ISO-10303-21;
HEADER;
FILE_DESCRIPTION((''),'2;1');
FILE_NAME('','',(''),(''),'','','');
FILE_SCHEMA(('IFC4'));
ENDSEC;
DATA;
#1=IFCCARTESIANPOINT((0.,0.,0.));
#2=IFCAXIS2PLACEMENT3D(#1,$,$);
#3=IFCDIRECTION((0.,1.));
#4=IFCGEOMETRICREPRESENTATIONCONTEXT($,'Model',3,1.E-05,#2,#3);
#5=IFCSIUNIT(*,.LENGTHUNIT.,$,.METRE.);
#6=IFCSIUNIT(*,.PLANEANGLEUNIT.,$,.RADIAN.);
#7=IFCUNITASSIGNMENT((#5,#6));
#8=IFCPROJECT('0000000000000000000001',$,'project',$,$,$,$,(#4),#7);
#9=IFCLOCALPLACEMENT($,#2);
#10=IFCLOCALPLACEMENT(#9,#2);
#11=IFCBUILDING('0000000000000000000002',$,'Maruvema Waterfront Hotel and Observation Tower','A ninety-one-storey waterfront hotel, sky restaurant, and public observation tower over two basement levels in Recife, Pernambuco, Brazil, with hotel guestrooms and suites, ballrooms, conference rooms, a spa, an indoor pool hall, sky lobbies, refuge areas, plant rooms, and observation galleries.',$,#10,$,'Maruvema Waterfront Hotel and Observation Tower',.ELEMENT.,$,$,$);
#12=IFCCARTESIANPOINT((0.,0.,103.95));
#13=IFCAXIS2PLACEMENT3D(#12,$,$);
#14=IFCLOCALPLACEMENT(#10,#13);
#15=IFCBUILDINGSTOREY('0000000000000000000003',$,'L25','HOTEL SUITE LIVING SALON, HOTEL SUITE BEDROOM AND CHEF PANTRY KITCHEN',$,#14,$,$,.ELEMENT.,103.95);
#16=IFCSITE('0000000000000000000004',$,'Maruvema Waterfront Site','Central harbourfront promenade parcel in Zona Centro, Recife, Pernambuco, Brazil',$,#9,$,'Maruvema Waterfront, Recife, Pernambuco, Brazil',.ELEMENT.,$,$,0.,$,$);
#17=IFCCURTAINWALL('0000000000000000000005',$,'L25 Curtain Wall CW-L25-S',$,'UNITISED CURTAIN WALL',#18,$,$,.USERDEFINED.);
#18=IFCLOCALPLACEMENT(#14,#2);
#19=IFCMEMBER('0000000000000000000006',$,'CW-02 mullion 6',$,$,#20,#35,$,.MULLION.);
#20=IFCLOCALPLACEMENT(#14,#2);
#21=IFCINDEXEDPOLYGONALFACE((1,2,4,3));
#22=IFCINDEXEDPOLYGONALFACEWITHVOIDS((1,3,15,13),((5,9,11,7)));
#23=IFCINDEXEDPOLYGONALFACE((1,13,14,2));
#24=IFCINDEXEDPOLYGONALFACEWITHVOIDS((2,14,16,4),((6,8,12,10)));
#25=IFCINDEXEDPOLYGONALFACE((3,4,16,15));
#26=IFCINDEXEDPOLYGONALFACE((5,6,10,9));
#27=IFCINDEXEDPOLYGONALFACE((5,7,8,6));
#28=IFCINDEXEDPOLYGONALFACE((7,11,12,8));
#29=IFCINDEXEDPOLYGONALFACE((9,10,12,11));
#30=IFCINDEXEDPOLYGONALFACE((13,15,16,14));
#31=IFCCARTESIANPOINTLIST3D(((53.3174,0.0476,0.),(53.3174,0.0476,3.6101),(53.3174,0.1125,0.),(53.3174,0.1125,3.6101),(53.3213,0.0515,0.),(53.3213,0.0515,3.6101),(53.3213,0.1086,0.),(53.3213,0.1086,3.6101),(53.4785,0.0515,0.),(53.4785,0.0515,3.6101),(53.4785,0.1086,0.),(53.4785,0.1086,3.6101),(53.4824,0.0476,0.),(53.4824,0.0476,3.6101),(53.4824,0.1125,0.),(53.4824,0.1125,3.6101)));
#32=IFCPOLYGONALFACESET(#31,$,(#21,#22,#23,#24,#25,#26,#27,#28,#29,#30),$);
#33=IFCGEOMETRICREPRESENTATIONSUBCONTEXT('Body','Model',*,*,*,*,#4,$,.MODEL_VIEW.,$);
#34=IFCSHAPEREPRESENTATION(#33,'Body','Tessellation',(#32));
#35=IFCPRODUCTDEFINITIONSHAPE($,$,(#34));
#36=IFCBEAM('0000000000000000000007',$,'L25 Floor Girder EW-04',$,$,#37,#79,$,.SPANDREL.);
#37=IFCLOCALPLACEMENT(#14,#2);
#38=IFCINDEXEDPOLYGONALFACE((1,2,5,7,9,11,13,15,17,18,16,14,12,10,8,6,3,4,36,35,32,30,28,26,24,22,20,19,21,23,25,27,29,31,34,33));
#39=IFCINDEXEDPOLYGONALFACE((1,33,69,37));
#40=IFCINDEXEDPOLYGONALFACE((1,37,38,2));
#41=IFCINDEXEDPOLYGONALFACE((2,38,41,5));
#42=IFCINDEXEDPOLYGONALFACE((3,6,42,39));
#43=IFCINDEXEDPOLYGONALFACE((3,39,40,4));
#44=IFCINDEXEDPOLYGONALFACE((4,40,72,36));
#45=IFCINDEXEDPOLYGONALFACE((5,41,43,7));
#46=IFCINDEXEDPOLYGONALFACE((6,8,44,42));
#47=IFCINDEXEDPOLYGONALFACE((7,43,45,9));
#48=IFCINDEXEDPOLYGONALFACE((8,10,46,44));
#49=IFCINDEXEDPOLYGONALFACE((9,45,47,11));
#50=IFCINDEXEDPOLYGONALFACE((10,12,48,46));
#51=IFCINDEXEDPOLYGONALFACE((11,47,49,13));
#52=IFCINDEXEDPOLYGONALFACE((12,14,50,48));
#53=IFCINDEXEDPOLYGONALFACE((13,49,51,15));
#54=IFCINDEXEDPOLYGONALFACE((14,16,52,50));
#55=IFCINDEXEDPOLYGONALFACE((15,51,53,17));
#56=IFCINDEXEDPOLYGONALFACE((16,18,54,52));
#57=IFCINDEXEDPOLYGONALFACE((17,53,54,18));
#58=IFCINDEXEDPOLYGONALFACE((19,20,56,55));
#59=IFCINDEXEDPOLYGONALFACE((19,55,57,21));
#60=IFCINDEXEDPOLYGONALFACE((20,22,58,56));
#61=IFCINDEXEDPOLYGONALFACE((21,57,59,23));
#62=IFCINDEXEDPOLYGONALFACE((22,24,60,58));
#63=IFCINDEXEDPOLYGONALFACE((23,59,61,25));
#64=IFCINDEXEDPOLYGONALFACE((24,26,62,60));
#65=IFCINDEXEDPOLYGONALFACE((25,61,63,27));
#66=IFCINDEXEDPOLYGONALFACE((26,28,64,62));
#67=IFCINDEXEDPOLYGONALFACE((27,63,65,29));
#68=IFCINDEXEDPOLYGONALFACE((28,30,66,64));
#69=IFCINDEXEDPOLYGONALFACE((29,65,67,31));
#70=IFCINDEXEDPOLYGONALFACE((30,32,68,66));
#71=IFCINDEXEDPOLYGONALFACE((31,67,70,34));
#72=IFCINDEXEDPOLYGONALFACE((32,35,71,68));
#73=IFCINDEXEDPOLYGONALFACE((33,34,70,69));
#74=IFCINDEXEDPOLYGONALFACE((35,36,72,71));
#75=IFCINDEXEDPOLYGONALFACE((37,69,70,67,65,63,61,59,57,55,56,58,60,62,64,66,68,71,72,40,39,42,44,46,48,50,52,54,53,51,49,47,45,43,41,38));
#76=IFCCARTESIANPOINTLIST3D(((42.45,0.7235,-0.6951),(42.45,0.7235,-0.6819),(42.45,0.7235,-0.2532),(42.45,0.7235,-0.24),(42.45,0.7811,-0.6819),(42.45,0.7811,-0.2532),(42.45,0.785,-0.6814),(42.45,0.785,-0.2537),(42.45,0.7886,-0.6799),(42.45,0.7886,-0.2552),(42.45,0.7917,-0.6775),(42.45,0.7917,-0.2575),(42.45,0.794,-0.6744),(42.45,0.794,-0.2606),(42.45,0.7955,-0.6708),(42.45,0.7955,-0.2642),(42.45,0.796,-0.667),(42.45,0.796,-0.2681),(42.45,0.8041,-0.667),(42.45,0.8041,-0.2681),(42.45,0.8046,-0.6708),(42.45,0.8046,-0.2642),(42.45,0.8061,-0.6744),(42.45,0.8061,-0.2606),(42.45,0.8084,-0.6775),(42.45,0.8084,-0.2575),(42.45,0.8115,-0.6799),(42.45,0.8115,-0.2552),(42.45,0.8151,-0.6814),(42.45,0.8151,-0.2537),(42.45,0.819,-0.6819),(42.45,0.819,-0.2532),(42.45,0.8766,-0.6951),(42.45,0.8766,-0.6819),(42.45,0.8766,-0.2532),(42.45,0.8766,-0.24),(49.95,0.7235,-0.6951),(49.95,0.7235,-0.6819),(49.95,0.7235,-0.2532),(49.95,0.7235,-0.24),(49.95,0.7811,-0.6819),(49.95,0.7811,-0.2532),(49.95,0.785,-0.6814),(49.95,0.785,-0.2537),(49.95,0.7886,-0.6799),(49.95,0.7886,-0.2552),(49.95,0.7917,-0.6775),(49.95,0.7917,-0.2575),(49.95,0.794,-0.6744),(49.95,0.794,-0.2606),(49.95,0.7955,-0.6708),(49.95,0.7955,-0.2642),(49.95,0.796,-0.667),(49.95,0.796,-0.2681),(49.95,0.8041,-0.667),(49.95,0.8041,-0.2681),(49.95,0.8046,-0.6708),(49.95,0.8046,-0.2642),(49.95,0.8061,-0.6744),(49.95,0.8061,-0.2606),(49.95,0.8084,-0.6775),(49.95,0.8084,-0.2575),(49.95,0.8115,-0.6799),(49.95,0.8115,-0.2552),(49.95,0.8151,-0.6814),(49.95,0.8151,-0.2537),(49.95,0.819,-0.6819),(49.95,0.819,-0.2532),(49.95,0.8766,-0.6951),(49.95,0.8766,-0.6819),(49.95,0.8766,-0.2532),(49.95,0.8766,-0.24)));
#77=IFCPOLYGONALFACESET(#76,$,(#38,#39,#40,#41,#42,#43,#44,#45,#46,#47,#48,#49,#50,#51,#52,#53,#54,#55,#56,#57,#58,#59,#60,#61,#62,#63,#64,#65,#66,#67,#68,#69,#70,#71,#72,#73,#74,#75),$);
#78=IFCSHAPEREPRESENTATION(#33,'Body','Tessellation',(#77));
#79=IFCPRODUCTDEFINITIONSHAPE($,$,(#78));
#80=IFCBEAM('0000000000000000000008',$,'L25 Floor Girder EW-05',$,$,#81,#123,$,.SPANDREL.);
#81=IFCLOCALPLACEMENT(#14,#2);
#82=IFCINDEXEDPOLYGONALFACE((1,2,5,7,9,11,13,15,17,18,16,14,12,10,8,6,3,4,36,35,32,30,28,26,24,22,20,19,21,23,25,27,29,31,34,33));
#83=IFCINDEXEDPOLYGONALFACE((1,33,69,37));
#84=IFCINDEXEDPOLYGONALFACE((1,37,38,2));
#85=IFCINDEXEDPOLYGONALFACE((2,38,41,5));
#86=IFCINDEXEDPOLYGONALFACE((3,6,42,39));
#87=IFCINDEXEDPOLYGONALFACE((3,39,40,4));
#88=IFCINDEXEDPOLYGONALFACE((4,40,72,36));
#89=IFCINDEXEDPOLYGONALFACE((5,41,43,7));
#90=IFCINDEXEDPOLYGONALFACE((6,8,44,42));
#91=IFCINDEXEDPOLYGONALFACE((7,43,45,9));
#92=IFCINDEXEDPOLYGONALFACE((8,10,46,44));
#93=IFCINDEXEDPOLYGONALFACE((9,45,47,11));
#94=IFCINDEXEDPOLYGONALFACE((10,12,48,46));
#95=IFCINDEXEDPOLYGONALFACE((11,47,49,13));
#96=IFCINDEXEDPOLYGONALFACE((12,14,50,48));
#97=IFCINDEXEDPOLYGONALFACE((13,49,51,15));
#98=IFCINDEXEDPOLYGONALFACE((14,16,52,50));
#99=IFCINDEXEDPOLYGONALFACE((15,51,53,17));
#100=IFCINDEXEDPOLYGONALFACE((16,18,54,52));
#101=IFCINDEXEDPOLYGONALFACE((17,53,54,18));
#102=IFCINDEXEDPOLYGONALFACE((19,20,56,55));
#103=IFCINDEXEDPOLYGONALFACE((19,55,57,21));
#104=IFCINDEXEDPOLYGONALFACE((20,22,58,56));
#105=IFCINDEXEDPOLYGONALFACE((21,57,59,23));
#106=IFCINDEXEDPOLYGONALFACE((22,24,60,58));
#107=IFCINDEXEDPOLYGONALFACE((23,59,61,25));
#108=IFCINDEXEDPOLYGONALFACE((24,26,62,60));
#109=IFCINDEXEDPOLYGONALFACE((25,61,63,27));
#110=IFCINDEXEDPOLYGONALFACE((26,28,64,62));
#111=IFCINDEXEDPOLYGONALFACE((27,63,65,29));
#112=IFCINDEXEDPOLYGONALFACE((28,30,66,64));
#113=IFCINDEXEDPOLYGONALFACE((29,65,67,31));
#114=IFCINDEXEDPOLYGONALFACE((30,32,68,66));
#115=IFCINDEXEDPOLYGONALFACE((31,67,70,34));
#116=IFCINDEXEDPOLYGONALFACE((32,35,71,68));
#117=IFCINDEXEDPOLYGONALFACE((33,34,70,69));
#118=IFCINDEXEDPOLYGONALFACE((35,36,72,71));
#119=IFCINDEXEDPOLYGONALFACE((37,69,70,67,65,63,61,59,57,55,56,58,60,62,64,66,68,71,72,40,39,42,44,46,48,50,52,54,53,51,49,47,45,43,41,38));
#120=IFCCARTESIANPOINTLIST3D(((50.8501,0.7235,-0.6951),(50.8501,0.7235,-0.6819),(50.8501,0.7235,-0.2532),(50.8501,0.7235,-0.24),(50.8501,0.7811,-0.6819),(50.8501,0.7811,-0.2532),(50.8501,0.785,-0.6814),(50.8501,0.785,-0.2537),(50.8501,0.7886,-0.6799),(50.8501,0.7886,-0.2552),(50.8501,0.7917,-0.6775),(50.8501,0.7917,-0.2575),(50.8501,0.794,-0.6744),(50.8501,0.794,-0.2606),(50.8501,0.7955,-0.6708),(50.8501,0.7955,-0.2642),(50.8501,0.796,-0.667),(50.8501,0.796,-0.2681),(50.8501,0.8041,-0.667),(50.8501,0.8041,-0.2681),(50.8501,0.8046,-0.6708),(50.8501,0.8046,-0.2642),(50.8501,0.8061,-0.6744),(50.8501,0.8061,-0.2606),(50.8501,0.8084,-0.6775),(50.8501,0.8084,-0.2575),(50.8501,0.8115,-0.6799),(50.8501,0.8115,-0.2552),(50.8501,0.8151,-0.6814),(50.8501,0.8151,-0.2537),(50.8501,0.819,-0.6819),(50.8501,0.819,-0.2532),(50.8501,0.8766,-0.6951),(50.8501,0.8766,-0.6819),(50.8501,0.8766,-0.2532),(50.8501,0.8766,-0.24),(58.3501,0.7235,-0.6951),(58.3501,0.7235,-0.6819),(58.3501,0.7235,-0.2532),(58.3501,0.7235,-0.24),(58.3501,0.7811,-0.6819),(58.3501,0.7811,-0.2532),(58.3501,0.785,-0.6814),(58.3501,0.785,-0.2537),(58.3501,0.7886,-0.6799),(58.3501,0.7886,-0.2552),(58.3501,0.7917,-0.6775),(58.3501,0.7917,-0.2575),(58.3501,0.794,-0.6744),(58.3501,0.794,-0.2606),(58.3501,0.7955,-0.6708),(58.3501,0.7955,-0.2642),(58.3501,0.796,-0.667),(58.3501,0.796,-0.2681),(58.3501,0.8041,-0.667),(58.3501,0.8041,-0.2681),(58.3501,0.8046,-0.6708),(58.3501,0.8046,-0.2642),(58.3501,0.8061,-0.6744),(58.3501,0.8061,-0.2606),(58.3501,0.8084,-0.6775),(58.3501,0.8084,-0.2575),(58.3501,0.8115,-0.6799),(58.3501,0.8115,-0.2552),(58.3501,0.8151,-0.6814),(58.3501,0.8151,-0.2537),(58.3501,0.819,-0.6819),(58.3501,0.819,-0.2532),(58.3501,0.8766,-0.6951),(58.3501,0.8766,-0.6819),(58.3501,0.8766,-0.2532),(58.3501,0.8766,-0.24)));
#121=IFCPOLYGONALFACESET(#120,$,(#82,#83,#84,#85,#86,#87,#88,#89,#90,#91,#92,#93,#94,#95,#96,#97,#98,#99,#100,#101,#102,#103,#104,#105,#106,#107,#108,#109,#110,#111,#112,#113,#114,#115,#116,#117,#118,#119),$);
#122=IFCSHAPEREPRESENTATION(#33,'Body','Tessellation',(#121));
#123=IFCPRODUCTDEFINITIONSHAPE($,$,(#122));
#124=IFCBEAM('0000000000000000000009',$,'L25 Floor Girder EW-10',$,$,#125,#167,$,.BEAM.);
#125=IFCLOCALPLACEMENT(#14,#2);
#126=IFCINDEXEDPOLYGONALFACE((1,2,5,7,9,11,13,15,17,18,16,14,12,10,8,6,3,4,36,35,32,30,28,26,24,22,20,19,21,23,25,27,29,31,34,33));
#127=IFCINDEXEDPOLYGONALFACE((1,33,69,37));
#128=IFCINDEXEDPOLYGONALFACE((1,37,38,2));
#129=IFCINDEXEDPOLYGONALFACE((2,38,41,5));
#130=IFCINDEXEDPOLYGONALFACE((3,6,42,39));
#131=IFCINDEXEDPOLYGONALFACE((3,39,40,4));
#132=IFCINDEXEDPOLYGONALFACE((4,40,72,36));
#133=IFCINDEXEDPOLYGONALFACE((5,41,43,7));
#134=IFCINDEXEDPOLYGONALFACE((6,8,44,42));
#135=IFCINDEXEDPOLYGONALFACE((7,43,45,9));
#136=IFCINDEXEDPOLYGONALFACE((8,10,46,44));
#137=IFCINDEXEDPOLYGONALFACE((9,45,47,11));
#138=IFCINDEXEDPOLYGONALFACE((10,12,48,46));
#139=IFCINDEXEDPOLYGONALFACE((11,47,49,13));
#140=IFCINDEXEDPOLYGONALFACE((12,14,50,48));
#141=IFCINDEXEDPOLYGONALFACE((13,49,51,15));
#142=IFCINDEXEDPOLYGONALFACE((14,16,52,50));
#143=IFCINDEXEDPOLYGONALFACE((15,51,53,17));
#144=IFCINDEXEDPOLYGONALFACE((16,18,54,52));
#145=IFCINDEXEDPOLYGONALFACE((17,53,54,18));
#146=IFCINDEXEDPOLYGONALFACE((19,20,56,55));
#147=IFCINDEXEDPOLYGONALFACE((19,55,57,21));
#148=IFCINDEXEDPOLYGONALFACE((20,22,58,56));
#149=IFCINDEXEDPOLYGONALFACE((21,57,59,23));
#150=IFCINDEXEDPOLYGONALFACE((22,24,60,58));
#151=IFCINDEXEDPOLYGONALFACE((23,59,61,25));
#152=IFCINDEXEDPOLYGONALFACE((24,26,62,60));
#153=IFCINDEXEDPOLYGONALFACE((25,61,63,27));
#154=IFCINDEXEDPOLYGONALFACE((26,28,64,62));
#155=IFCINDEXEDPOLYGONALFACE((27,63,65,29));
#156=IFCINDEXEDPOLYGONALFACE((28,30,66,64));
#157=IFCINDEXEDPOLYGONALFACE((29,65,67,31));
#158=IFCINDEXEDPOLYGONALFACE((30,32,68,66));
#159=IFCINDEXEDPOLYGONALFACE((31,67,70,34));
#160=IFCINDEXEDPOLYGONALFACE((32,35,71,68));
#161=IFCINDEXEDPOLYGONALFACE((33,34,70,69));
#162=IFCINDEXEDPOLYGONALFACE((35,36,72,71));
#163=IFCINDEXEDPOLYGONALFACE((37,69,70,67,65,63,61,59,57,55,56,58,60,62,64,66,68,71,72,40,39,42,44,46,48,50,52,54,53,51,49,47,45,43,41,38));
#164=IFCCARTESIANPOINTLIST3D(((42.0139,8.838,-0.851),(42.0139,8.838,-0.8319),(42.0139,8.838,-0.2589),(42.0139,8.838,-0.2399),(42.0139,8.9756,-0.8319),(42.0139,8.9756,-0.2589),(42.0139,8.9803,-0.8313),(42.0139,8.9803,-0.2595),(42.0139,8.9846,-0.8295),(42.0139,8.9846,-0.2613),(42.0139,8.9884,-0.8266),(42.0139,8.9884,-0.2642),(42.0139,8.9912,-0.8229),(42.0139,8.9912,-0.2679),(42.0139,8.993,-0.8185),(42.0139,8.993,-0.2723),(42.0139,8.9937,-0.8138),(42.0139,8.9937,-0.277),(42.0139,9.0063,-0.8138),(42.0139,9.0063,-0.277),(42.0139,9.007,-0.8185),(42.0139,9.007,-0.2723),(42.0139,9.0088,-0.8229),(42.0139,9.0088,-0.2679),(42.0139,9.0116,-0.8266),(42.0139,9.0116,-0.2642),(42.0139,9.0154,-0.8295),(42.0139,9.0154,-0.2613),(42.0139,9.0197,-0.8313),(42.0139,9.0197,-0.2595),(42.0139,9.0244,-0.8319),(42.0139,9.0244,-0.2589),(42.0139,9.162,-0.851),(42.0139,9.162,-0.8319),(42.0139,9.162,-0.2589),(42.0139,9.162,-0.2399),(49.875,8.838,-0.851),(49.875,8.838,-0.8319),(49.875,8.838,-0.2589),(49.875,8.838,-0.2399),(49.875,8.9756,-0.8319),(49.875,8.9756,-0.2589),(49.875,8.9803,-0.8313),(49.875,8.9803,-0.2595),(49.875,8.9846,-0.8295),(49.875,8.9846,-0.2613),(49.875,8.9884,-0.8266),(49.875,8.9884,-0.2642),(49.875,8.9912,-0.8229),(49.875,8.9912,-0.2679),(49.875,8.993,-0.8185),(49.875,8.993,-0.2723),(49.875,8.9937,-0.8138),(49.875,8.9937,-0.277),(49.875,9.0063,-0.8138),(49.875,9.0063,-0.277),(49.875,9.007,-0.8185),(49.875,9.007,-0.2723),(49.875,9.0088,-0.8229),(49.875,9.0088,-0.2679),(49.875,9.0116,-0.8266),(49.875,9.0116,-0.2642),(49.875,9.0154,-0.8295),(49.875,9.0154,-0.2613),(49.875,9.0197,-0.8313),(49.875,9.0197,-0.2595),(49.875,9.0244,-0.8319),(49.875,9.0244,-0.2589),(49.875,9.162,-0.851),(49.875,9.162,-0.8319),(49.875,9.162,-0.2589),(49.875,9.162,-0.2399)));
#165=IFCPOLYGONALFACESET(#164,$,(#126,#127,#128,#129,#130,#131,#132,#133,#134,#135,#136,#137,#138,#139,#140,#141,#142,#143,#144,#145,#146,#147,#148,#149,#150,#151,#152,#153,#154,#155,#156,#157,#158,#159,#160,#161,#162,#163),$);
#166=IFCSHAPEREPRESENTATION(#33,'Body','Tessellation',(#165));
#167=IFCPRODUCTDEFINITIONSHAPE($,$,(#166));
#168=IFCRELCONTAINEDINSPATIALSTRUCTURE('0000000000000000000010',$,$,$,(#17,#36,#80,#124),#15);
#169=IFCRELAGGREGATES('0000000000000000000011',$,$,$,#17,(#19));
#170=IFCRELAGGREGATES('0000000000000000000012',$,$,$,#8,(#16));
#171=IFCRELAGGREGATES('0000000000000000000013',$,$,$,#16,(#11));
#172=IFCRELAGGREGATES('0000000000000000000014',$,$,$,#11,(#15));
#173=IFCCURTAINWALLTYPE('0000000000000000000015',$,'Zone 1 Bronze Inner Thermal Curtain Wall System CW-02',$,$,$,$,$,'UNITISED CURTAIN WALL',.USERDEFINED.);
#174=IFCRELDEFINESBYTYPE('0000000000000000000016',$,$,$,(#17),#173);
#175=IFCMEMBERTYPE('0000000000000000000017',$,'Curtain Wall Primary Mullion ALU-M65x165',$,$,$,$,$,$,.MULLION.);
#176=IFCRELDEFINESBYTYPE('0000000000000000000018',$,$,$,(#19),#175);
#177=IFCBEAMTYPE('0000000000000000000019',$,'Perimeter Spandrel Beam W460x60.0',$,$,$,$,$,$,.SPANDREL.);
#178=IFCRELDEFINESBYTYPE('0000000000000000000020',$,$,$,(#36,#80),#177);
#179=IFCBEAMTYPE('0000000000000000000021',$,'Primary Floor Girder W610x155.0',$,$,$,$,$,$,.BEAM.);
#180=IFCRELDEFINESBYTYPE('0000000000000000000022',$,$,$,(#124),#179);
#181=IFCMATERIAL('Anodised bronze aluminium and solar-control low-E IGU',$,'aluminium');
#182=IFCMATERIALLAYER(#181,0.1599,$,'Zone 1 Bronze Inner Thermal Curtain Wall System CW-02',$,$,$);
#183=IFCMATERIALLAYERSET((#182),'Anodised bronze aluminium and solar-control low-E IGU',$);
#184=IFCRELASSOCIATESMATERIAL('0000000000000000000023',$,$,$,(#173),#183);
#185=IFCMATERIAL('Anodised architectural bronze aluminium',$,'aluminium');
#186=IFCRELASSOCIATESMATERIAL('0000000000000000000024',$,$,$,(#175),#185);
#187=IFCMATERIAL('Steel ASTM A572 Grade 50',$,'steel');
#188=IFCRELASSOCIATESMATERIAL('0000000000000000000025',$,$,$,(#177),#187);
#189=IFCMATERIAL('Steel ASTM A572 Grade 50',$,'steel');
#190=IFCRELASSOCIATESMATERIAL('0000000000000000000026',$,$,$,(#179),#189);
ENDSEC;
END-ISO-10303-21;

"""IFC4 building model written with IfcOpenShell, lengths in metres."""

from ifc_helpers import new_model, si_unit, direction, frame, origin, origin_2d, place, context, subcontext, project, spatial, hollow_rectangle, i_section, extrude, material, layer, layer_set, material_profile, profile_set, type_object, element, aggregate, save


model = new_model("IFC4")

# Units and contexts
model_context = context("Model", 3, precision=1e-05, world=origin(), true_north=direction((0.0, 1.0)))
body_context = subcontext(model_context, "Body", "Model", "MODEL_VIEW")
ifc_project = project(units=[si_unit("LENGTHUNIT", "METRE"), si_unit("PLANEANGLEUNIT", "RADIAN")], contexts=[model_context])

# Site, building, storey
site_placement = place(None, origin())
site = spatial("IfcSite", under=ifc_project, at=site_placement, Name="Maruvema Waterfront Site", Description="Central harbourfront promenade parcel in Zona Centro, Recife, Pernambuco, Brazil", LongName="Maruvema Waterfront, Recife, Pernambuco, Brazil", CompositionType="ELEMENT", RefElevation=0.0)
building_placement = place(site_placement, origin())
building = spatial("IfcBuilding", under=site, at=building_placement, Name="Maruvema Waterfront Hotel and Observation Tower", Description="A ninety-one-storey waterfront hotel, sky restaurant, and public observation tower over two basement levels in Recife, Pernambuco, Brazil, with hotel guestrooms and suites, ballrooms, conference rooms, a spa, an indoor pool hall, sky lobbies, refuge areas, plant rooms, and observation galleries.", LongName="Maruvema Waterfront Hotel and Observation Tower", CompositionType="ELEMENT")
storey_placement = place(building_placement, frame((0.0, 0.0, 103.95)))
storey = spatial("IfcBuildingStorey", under=building, at=storey_placement, Name="L25", Description="HOTEL SUITE LIVING SALON, HOTEL SUITE BEDROOM AND CHEF PANTRY KITCHEN", CompositionType="ELEMENT", Elevation=103.95)

# Curtain wall, member
ifc_material_1 = material(Name="Anodised bronze aluminium and solar-control low-E IGU", Category="aluminium")
ifc_layer_1 = layer(ifc_material_1, 0.1599, Name="Zone 1 Bronze Inner Thermal Curtain Wall System CW-02")
ifc_layer_set_1 = layer_set([ifc_layer_1], Name="Anodised bronze aluminium and solar-control low-E IGU")
curtain_wall_type = type_object("IfcCurtainWallType", Name="Zone 1 Bronze Inner Thermal Curtain Wall System CW-02", ElementType="UNITISED CURTAIN WALL", PredefinedType="USERDEFINED", material=ifc_layer_set_1)
curtain_wall_placement = place(storey_placement, origin())
curtain_wall = element("IfcCurtainWall", 1, at=curtain_wall_placement, inside=storey, type_object=curtain_wall_type, Name="L25 Curtain Wall CW-L25-S", ObjectType="UNITISED CURTAIN WALL", PredefinedType="USERDEFINED")
ifc_material_2 = material(Name="Anodised architectural bronze aluminium", Category="aluminium")
ifc_material_profile_1 = material_profile(ifc_material_2, hollow_rectangle(XDim=0.0649, YDim=0.165, WallThickness=0.0039, at=origin_2d()), Name="ALU-M65x165")
ifc_profile_set_1 = profile_set([ifc_material_profile_1], Name="Anodised architectural bronze aluminium")
member_type_1 = type_object("IfcMemberType", Name="Curtain Wall Primary Mullion ALU-M65x165", PredefinedType="MULLION", material=ifc_profile_set_1)
member_1_placement = place(storey_placement, frame((53.3999, 0.0801, 0.0), z_axis=(0.0, 0.0, 1.0), x_axis=(0.0, 1.0, 0.0)))
member_1 = element("IfcMember", 2, at=member_1_placement, type_object=member_type_1, Name="CW-02 mullion 6", PredefinedType="MULLION", context=body_context, shape_type="SweptSolid", body=[
    extrude(hollow_rectangle(XDim=0.0649, YDim=0.165, WallThickness=0.0039, at=origin_2d()), origin(), (0.0, 0.0, 1.0), 3.6101),
])

# Beams
ifc_material_3 = material(Name="Steel ASTM A572 Grade 50", Category="steel")
ifc_material_profile_2 = material_profile(ifc_material_3, i_section(OverallWidth=0.1531, OverallDepth=0.4551, WebThickness=0.0081, FlangeThickness=0.0132, FilletRadius=0.0149, at=origin_2d()), Name="W460x60.0")
ifc_profile_set_2 = profile_set([ifc_material_profile_2], Name="Steel ASTM A572 Grade 50")
beam_type_1 = type_object("IfcBeamType", Name="Perimeter Spandrel Beam W460x60.0", PredefinedType="SPANDREL", material=ifc_profile_set_2)
for number, where, z_axis, x_axis, name in (
    (3, (42.45, 0.8, -0.4675), (1.0, 0.0, 0.0), (0.0, 1.0, 0.0), "L25 Floor Girder EW-04"),
    (4, (50.8501, 0.8, -0.4675), (1.0, 0.0, 0.0), (0.0, 1.0, 0.0), "L25 Floor Girder EW-05"),
):
    element("IfcBeam", number, at=place(storey_placement, frame(where, z_axis=z_axis, x_axis=x_axis)), inside=storey, type_object=beam_type_1, Name=name, PredefinedType="SPANDREL", context=body_context, shape_type="SweptSolid", body=[
        extrude(i_section(OverallWidth=0.1531, OverallDepth=0.4551, WebThickness=0.0081, FlangeThickness=0.0132, FilletRadius=0.0149, at=origin_2d()), origin(), (0.0, 0.0, 1.0), 7.5),
    ])
ifc_material_4 = material(Name="Steel ASTM A572 Grade 50", Category="steel")
ifc_material_profile_3 = material_profile(ifc_material_4, i_section(OverallWidth=0.324, OverallDepth=0.6111, WebThickness=0.0127, FlangeThickness=0.019, FilletRadius=0.0181, at=origin_2d()), Name="W610x155.0")
ifc_profile_set_3 = profile_set([ifc_material_profile_3], Name="Steel ASTM A572 Grade 50")
beam_type_2 = type_object("IfcBeamType", Name="Primary Floor Girder W610x155.0", PredefinedType="BEAM", material=ifc_profile_set_3)
beam_1_placement = place(storey_placement, frame((42.0139, 9.0, -0.5454), z_axis=(1.0, 0.0, 0.0), x_axis=(0.0, 1.0, 0.0)))
element("IfcBeam", 5, at=beam_1_placement, inside=storey, type_object=beam_type_2, Name="L25 Floor Girder EW-10", PredefinedType="BEAM", context=body_context, shape_type="SweptSolid", body=[
    extrude(i_section(OverallWidth=0.324, OverallDepth=0.6111, WebThickness=0.0127, FlangeThickness=0.019, FilletRadius=0.0181, at=origin_2d()), origin(), (0.0, 0.0, 1.0), 7.8611),
])

aggregate(curtain_wall, [member_1])

save(model, "model.ifc")
